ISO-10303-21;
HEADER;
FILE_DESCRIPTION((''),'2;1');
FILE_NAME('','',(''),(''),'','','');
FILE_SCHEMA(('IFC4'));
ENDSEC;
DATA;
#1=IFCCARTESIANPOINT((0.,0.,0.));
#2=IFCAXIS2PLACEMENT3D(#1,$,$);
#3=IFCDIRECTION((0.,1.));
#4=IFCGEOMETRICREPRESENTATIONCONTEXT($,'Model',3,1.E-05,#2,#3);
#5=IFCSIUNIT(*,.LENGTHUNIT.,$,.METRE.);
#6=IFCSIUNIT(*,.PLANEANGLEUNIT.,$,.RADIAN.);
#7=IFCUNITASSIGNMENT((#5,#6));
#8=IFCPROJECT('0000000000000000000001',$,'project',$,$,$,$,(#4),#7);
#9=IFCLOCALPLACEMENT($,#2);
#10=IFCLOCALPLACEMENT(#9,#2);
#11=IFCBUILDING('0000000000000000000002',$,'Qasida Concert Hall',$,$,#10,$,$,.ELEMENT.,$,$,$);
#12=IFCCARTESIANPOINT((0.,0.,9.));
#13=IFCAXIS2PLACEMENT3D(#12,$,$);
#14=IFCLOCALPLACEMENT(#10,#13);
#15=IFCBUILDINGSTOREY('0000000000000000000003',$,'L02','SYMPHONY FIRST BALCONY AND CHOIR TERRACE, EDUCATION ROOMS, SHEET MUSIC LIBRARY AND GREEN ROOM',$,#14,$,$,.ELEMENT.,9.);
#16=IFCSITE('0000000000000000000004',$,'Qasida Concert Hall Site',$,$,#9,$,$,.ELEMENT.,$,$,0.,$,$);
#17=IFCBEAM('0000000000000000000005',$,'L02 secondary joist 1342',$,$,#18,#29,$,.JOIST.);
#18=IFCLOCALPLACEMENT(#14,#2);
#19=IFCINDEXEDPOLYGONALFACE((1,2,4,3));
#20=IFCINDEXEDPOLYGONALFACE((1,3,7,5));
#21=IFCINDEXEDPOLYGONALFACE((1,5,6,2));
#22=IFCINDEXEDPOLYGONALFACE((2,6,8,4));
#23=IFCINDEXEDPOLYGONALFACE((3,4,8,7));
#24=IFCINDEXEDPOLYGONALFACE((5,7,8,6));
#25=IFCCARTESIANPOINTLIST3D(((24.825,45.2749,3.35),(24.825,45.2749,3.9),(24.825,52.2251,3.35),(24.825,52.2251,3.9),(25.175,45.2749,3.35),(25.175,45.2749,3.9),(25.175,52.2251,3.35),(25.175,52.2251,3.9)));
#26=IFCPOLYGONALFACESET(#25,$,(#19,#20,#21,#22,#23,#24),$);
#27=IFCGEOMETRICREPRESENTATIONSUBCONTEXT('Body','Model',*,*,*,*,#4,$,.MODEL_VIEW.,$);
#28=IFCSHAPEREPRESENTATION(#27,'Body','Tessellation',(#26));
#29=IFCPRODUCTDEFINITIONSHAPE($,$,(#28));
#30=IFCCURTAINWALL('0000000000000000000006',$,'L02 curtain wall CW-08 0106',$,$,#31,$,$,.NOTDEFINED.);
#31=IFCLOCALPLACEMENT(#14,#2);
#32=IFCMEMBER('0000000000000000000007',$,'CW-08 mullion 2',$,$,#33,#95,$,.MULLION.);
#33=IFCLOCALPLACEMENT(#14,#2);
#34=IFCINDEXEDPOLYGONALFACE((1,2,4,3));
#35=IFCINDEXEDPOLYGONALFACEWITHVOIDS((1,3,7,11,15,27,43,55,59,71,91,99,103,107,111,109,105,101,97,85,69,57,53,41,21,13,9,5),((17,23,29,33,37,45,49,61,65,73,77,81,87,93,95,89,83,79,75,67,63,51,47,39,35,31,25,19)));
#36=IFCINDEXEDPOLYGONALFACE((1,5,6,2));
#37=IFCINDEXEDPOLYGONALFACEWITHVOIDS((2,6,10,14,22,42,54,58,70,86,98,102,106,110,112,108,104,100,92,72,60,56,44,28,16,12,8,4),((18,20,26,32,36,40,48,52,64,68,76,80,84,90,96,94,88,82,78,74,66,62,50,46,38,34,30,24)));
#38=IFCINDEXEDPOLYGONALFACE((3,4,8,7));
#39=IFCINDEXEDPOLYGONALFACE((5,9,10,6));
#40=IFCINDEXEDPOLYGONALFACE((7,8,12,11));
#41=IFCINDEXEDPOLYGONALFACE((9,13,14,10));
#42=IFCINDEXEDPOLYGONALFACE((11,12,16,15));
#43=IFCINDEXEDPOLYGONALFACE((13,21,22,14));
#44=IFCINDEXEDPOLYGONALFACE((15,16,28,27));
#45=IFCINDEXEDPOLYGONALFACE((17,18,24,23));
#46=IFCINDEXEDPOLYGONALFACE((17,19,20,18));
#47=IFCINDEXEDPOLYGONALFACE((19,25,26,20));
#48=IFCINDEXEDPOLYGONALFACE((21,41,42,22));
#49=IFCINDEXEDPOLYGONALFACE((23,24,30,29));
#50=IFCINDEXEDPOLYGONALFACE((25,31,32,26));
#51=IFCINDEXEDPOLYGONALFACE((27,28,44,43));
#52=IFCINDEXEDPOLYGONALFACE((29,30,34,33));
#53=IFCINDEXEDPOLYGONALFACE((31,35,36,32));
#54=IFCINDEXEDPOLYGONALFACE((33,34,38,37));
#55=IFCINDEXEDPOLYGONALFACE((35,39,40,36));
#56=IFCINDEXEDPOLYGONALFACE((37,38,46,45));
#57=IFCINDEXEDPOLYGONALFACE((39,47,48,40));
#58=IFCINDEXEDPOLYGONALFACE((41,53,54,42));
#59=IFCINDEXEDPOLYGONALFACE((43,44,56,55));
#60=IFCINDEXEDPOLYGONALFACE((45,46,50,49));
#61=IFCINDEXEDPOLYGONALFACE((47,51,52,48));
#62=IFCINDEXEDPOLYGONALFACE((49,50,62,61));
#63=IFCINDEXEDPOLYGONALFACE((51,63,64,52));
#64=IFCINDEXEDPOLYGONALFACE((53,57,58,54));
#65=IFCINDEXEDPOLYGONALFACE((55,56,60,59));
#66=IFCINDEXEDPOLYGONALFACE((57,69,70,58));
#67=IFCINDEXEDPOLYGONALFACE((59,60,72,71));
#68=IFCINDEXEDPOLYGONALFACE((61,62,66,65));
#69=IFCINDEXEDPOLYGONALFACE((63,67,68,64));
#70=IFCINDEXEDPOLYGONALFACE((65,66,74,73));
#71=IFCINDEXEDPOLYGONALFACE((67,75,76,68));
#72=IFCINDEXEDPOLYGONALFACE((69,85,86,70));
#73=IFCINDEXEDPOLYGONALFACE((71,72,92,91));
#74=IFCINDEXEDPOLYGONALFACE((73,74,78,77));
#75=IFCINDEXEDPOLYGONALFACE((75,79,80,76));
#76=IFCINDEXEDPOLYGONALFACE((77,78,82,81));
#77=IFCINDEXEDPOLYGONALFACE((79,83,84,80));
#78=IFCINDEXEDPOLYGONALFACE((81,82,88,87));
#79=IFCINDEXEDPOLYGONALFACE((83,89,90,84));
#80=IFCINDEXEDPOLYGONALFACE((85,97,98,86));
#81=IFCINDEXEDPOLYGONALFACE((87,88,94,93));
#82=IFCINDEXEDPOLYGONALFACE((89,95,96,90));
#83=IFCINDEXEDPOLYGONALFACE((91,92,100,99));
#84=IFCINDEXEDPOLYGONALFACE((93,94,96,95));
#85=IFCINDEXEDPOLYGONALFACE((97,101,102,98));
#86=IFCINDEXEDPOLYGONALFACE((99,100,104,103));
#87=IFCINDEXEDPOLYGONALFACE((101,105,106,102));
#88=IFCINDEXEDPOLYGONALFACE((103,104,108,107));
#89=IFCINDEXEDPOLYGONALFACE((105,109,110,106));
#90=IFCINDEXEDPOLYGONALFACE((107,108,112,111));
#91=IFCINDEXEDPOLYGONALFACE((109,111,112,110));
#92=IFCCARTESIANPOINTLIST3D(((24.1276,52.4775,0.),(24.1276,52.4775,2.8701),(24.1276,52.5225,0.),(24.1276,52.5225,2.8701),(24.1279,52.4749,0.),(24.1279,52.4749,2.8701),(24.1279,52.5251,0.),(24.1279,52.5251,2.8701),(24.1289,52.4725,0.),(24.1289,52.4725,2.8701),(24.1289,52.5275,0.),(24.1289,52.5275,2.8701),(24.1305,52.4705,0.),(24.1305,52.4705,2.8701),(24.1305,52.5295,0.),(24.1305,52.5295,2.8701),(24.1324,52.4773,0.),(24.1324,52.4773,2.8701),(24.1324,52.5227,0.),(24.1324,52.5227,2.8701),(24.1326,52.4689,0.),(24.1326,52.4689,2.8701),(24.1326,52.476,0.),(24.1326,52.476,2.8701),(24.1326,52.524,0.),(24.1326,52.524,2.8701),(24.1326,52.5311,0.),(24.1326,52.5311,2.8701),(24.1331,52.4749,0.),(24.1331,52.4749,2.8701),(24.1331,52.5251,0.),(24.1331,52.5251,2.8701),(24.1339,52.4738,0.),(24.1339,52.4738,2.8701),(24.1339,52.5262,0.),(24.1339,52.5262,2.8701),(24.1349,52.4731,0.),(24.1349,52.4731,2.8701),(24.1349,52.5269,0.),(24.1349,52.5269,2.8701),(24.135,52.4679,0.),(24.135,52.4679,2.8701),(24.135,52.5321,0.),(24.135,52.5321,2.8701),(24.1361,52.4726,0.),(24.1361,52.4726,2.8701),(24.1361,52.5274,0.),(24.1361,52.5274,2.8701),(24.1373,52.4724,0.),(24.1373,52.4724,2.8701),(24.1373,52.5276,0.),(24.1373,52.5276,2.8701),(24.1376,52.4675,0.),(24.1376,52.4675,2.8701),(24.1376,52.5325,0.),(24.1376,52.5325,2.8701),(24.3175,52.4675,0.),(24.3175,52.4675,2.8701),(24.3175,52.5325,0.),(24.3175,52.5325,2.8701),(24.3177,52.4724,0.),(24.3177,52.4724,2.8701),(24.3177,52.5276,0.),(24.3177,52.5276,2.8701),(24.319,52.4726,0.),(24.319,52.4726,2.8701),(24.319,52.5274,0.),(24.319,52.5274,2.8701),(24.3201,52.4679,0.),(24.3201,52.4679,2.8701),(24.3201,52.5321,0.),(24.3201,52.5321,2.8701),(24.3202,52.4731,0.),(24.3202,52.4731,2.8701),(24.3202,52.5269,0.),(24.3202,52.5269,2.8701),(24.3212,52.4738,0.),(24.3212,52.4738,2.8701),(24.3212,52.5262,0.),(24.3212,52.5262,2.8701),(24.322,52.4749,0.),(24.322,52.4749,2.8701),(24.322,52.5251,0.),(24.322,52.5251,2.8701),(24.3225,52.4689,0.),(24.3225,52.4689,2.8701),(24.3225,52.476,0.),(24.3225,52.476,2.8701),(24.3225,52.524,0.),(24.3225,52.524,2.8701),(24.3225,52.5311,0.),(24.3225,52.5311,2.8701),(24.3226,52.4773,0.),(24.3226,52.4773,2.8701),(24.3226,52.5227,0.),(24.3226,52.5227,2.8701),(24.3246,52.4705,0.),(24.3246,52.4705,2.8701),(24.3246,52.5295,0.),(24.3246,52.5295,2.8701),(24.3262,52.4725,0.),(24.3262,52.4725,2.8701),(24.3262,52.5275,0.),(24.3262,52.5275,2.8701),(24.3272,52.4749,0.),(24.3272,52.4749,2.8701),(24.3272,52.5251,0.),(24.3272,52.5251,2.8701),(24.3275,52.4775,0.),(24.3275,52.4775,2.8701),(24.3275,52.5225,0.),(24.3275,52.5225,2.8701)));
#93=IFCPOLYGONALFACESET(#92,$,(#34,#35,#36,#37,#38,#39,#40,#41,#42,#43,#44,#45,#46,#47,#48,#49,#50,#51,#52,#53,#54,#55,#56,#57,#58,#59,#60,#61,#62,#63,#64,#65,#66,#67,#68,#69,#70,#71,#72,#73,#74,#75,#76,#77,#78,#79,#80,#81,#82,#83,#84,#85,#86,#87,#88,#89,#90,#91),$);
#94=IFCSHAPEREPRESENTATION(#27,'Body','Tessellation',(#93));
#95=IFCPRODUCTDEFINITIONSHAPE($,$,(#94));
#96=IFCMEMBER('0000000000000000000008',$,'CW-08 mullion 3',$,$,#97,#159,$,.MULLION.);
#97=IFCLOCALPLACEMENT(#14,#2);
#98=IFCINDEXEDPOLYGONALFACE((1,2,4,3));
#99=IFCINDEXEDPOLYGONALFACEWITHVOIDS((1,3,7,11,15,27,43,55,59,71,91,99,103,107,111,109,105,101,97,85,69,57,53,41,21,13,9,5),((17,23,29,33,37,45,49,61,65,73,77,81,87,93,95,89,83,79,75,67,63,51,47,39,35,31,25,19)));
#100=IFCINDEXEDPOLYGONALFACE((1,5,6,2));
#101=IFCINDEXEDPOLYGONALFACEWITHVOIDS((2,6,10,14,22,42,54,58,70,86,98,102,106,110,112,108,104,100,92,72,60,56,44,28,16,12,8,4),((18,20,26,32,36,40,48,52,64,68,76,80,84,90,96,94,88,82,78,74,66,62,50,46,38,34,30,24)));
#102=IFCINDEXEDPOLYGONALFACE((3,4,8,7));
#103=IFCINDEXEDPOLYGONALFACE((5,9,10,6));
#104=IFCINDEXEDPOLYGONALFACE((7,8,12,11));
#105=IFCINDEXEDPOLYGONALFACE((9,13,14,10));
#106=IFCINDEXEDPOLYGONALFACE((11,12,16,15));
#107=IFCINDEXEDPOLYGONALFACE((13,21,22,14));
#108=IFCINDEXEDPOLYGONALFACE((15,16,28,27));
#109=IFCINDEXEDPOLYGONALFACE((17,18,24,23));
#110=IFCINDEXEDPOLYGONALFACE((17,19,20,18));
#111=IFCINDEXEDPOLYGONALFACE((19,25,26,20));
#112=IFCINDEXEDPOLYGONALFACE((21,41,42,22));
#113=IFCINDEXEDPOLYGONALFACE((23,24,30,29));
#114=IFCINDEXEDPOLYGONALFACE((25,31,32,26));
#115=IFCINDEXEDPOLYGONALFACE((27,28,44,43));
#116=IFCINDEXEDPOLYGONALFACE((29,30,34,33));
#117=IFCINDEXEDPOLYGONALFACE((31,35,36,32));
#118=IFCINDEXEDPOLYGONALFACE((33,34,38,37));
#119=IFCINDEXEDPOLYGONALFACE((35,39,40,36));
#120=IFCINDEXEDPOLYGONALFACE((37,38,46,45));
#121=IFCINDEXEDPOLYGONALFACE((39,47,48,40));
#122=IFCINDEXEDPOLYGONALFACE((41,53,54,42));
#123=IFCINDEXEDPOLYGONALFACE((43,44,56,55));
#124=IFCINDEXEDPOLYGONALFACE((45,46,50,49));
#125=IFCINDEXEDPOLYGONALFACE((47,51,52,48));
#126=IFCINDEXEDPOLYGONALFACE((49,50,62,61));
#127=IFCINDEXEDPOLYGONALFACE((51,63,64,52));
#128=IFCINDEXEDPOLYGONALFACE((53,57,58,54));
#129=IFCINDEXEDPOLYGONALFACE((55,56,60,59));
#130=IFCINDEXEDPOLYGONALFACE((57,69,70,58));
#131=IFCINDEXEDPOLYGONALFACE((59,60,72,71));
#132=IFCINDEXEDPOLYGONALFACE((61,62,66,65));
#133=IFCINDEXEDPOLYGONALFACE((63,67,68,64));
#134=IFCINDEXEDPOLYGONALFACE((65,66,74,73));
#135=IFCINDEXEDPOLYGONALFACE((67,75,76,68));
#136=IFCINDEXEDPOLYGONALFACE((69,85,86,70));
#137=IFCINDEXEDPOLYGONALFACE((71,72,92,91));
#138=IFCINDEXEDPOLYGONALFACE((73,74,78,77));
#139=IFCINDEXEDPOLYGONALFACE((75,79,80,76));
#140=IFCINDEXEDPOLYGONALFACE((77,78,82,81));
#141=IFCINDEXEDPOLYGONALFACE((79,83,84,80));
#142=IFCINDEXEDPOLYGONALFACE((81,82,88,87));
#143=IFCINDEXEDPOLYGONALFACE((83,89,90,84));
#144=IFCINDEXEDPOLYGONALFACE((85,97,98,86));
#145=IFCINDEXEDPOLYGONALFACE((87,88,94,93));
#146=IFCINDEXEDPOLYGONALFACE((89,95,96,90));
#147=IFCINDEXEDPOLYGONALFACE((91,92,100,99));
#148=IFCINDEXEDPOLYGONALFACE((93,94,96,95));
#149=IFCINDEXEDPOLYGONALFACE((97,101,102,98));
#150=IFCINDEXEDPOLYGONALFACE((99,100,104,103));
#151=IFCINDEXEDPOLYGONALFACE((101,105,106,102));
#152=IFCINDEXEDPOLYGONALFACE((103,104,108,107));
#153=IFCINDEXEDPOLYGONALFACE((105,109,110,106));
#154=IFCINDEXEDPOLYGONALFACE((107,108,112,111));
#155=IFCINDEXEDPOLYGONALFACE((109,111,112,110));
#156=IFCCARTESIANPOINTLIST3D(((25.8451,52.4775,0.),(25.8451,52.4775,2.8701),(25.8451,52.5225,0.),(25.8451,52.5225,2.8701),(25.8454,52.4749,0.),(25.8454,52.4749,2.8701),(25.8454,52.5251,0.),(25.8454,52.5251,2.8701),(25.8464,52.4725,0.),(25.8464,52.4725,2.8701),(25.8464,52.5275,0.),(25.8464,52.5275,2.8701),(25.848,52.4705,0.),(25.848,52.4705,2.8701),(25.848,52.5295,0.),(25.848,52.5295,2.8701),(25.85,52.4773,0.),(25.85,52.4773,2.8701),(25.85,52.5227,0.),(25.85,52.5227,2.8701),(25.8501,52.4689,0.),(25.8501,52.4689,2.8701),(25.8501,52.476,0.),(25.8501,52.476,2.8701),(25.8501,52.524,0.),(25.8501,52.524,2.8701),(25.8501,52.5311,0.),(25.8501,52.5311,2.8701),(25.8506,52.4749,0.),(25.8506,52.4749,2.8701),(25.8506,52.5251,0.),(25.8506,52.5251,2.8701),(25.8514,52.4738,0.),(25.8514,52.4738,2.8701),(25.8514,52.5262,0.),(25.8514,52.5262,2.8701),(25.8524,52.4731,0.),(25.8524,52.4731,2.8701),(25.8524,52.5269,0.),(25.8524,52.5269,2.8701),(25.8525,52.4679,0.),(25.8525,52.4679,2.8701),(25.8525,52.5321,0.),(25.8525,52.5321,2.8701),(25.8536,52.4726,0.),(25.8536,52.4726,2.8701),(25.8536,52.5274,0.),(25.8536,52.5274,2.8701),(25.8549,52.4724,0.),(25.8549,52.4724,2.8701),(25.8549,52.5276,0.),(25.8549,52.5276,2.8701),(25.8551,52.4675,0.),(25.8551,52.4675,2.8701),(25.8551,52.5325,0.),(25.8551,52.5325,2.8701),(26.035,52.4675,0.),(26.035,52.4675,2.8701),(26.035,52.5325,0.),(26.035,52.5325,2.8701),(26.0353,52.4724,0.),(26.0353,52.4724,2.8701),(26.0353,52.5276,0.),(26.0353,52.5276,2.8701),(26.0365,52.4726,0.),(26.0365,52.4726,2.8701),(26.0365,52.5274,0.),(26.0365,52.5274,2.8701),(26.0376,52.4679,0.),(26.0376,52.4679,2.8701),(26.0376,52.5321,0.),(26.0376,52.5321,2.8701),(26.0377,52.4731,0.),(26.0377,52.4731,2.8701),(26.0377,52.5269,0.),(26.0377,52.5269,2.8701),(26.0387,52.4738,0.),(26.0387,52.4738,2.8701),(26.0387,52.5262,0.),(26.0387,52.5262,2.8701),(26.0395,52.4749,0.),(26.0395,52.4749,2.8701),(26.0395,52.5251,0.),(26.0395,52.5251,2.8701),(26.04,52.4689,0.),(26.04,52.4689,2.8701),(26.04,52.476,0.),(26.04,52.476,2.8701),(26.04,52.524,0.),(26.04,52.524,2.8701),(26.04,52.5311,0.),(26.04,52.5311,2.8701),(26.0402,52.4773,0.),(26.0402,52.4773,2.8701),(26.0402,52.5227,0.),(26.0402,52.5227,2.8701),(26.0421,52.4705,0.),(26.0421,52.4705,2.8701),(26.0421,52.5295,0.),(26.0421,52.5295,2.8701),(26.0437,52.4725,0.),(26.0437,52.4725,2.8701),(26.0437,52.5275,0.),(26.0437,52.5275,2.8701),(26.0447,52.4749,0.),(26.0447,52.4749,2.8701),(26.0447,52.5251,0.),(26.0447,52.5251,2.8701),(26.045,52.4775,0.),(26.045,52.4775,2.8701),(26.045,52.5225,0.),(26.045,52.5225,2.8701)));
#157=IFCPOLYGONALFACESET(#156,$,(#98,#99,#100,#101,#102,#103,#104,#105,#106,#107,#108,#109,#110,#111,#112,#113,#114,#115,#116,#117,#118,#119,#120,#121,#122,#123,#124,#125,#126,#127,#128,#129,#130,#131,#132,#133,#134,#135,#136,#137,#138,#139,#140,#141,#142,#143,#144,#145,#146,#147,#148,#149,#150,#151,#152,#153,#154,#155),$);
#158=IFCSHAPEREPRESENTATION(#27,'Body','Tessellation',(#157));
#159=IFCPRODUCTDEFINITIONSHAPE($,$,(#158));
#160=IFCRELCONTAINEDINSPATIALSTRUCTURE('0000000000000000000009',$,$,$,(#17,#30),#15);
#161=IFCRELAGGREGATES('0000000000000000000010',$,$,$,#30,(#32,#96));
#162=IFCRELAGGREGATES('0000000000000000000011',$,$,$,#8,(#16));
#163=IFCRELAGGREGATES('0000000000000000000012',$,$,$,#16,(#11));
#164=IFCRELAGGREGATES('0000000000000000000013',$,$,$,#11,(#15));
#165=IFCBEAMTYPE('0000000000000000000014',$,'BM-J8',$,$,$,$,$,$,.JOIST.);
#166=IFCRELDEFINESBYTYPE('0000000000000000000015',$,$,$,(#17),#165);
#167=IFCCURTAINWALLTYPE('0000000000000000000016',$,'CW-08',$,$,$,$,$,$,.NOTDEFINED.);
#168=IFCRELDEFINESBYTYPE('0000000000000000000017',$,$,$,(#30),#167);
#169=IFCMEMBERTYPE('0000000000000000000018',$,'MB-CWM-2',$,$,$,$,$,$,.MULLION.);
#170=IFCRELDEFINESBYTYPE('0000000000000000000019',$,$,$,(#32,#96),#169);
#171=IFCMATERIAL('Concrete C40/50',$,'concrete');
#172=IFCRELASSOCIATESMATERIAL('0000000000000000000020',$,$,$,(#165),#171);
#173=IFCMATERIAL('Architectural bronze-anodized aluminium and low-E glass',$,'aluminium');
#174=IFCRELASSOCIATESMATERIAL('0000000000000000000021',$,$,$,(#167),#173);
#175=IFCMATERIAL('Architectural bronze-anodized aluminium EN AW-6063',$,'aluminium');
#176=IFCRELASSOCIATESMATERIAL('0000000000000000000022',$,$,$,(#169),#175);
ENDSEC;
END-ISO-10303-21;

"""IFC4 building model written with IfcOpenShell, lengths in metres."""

from ifc_helpers import new_model, si_unit, direction, frame, origin, origin_2d, place, context, subcontext, project, spatial, rectangle, hollow_rectangle, extrude, material, material_profile, profile_set, type_object, element, aggregate, save


model = new_model("IFC4")

# Units and contexts
model_context = context("Model", 3, precision=1e-05, world=origin(), true_north=direction((0.0, 1.0)))
body_context = subcontext(model_context, "Body", "Model", "MODEL_VIEW")
ifc_project = project(units=[si_unit("LENGTHUNIT", "METRE"), si_unit("PLANEANGLEUNIT", "RADIAN")], contexts=[model_context])

# Site, building, storey
site_placement = place(None, origin())
site = spatial("IfcSite", under=ifc_project, at=site_placement, Name="Qasida Concert Hall Site", CompositionType="ELEMENT", RefElevation=0.0)
building_placement = place(site_placement, origin())
building = spatial("IfcBuilding", under=site, at=building_placement, Name="Qasida Concert Hall", CompositionType="ELEMENT")
storey_placement = place(building_placement, frame((0.0, 0.0, 9.0)))
storey = spatial("IfcBuildingStorey", under=building, at=storey_placement, Name="L02", Description="SYMPHONY FIRST BALCONY AND CHOIR TERRACE, EDUCATION ROOMS, SHEET MUSIC LIBRARY AND GREEN ROOM", CompositionType="ELEMENT", Elevation=9.0)

# Beam
ifc_material_1 = material(Name="Concrete C40/50", Category="concrete")
ifc_material_profile_1 = material_profile(ifc_material_1, rectangle(XDim=0.3501, YDim=0.55, at=origin_2d()), Name="RC 350x550")
ifc_profile_set_1 = profile_set([ifc_material_profile_1], Name="Concrete C40/50")
beam_type = type_object("IfcBeamType", Name="BM-J8", PredefinedType="JOIST", material=ifc_profile_set_1)
beam_placement = place(storey_placement, frame((25.0, 45.2749, 3.625), z_axis=(0.0, 1.0, 0.0), x_axis=(-1.0, 0.0, 0.0)))
element("IfcBeam", 1, at=beam_placement, inside=storey, type_object=beam_type, Name="L02 secondary joist 1342", PredefinedType="JOIST", context=body_context, shape_type="SweptSolid", body=[
    extrude(rectangle(XDim=0.3501, YDim=0.55, at=origin_2d()), origin(), (0.0, 0.0, 1.0), 6.9502),
])

# Curtain wall, members
ifc_material_2 = material(Name="Architectural bronze-anodized aluminium and low-E glass", Category="aluminium")
curtain_wall_type = type_object("IfcCurtainWallType", Name="CW-08", PredefinedType="NOTDEFINED", material=ifc_material_2)
curtain_wall_placement = place(storey_placement, origin())
curtain_wall = element("IfcCurtainWall", 2, at=curtain_wall_placement, inside=storey, type_object=curtain_wall_type, Name="L02 curtain wall CW-08 0106", PredefinedType="NOTDEFINED")
ifc_material_3 = material(Name="Architectural bronze-anodized aluminium EN AW-6063", Category="aluminium")
ifc_material_profile_2 = material_profile(ifc_material_3, hollow_rectangle(XDim=0.0649, YDim=0.2, WallThickness=0.0049, InnerFilletRadius=0.0049, OuterFilletRadius=0.01, at=origin_2d()), Name="CWM 200x65x5")
ifc_profile_set_2 = profile_set([ifc_material_profile_2], Name="Architectural bronze-anodized aluminium EN AW-6063")
member_type_1 = type_object("IfcMemberType", Name="MB-CWM-2", PredefinedType="MULLION", material=ifc_profile_set_2)
member_1_placement = place(storey_placement, frame((24.2275, 52.5, 0.0), z_axis=(0.0, 0.0, 1.0), x_axis=(0.0, 1.0, 0.0)))
member_1 = element("IfcMember", 3, at=member_1_placement, type_object=member_type_1, Name="CW-08 mullion 2", PredefinedType="MULLION", context=body_context, shape_type="SweptSolid", body=[
    extrude(hollow_rectangle(XDim=0.0649, YDim=0.2, WallThickness=0.0049, InnerFilletRadius=0.0049, OuterFilletRadius=0.01, at=origin_2d()), origin(), (0.0, 0.0, 1.0), 2.8701),
])
member_2_placement = place(storey_placement, frame((25.9451, 52.5, 0.0), z_axis=(0.0, 0.0, 1.0), x_axis=(0.0, 1.0, 0.0)))
member_2 = element("IfcMember", 4, at=member_2_placement, type_object=member_type_1, Name="CW-08 mullion 3", PredefinedType="MULLION", context=body_context, shape_type="SweptSolid", body=[
    extrude(hollow_rectangle(XDim=0.0649, YDim=0.2, WallThickness=0.0049, InnerFilletRadius=0.0049, OuterFilletRadius=0.01, at=origin_2d()), origin(), (0.0, 0.0, 1.0), 2.8701),
])
aggregate(curtain_wall, [member_1, member_2])

save(model, "model.ifc")
